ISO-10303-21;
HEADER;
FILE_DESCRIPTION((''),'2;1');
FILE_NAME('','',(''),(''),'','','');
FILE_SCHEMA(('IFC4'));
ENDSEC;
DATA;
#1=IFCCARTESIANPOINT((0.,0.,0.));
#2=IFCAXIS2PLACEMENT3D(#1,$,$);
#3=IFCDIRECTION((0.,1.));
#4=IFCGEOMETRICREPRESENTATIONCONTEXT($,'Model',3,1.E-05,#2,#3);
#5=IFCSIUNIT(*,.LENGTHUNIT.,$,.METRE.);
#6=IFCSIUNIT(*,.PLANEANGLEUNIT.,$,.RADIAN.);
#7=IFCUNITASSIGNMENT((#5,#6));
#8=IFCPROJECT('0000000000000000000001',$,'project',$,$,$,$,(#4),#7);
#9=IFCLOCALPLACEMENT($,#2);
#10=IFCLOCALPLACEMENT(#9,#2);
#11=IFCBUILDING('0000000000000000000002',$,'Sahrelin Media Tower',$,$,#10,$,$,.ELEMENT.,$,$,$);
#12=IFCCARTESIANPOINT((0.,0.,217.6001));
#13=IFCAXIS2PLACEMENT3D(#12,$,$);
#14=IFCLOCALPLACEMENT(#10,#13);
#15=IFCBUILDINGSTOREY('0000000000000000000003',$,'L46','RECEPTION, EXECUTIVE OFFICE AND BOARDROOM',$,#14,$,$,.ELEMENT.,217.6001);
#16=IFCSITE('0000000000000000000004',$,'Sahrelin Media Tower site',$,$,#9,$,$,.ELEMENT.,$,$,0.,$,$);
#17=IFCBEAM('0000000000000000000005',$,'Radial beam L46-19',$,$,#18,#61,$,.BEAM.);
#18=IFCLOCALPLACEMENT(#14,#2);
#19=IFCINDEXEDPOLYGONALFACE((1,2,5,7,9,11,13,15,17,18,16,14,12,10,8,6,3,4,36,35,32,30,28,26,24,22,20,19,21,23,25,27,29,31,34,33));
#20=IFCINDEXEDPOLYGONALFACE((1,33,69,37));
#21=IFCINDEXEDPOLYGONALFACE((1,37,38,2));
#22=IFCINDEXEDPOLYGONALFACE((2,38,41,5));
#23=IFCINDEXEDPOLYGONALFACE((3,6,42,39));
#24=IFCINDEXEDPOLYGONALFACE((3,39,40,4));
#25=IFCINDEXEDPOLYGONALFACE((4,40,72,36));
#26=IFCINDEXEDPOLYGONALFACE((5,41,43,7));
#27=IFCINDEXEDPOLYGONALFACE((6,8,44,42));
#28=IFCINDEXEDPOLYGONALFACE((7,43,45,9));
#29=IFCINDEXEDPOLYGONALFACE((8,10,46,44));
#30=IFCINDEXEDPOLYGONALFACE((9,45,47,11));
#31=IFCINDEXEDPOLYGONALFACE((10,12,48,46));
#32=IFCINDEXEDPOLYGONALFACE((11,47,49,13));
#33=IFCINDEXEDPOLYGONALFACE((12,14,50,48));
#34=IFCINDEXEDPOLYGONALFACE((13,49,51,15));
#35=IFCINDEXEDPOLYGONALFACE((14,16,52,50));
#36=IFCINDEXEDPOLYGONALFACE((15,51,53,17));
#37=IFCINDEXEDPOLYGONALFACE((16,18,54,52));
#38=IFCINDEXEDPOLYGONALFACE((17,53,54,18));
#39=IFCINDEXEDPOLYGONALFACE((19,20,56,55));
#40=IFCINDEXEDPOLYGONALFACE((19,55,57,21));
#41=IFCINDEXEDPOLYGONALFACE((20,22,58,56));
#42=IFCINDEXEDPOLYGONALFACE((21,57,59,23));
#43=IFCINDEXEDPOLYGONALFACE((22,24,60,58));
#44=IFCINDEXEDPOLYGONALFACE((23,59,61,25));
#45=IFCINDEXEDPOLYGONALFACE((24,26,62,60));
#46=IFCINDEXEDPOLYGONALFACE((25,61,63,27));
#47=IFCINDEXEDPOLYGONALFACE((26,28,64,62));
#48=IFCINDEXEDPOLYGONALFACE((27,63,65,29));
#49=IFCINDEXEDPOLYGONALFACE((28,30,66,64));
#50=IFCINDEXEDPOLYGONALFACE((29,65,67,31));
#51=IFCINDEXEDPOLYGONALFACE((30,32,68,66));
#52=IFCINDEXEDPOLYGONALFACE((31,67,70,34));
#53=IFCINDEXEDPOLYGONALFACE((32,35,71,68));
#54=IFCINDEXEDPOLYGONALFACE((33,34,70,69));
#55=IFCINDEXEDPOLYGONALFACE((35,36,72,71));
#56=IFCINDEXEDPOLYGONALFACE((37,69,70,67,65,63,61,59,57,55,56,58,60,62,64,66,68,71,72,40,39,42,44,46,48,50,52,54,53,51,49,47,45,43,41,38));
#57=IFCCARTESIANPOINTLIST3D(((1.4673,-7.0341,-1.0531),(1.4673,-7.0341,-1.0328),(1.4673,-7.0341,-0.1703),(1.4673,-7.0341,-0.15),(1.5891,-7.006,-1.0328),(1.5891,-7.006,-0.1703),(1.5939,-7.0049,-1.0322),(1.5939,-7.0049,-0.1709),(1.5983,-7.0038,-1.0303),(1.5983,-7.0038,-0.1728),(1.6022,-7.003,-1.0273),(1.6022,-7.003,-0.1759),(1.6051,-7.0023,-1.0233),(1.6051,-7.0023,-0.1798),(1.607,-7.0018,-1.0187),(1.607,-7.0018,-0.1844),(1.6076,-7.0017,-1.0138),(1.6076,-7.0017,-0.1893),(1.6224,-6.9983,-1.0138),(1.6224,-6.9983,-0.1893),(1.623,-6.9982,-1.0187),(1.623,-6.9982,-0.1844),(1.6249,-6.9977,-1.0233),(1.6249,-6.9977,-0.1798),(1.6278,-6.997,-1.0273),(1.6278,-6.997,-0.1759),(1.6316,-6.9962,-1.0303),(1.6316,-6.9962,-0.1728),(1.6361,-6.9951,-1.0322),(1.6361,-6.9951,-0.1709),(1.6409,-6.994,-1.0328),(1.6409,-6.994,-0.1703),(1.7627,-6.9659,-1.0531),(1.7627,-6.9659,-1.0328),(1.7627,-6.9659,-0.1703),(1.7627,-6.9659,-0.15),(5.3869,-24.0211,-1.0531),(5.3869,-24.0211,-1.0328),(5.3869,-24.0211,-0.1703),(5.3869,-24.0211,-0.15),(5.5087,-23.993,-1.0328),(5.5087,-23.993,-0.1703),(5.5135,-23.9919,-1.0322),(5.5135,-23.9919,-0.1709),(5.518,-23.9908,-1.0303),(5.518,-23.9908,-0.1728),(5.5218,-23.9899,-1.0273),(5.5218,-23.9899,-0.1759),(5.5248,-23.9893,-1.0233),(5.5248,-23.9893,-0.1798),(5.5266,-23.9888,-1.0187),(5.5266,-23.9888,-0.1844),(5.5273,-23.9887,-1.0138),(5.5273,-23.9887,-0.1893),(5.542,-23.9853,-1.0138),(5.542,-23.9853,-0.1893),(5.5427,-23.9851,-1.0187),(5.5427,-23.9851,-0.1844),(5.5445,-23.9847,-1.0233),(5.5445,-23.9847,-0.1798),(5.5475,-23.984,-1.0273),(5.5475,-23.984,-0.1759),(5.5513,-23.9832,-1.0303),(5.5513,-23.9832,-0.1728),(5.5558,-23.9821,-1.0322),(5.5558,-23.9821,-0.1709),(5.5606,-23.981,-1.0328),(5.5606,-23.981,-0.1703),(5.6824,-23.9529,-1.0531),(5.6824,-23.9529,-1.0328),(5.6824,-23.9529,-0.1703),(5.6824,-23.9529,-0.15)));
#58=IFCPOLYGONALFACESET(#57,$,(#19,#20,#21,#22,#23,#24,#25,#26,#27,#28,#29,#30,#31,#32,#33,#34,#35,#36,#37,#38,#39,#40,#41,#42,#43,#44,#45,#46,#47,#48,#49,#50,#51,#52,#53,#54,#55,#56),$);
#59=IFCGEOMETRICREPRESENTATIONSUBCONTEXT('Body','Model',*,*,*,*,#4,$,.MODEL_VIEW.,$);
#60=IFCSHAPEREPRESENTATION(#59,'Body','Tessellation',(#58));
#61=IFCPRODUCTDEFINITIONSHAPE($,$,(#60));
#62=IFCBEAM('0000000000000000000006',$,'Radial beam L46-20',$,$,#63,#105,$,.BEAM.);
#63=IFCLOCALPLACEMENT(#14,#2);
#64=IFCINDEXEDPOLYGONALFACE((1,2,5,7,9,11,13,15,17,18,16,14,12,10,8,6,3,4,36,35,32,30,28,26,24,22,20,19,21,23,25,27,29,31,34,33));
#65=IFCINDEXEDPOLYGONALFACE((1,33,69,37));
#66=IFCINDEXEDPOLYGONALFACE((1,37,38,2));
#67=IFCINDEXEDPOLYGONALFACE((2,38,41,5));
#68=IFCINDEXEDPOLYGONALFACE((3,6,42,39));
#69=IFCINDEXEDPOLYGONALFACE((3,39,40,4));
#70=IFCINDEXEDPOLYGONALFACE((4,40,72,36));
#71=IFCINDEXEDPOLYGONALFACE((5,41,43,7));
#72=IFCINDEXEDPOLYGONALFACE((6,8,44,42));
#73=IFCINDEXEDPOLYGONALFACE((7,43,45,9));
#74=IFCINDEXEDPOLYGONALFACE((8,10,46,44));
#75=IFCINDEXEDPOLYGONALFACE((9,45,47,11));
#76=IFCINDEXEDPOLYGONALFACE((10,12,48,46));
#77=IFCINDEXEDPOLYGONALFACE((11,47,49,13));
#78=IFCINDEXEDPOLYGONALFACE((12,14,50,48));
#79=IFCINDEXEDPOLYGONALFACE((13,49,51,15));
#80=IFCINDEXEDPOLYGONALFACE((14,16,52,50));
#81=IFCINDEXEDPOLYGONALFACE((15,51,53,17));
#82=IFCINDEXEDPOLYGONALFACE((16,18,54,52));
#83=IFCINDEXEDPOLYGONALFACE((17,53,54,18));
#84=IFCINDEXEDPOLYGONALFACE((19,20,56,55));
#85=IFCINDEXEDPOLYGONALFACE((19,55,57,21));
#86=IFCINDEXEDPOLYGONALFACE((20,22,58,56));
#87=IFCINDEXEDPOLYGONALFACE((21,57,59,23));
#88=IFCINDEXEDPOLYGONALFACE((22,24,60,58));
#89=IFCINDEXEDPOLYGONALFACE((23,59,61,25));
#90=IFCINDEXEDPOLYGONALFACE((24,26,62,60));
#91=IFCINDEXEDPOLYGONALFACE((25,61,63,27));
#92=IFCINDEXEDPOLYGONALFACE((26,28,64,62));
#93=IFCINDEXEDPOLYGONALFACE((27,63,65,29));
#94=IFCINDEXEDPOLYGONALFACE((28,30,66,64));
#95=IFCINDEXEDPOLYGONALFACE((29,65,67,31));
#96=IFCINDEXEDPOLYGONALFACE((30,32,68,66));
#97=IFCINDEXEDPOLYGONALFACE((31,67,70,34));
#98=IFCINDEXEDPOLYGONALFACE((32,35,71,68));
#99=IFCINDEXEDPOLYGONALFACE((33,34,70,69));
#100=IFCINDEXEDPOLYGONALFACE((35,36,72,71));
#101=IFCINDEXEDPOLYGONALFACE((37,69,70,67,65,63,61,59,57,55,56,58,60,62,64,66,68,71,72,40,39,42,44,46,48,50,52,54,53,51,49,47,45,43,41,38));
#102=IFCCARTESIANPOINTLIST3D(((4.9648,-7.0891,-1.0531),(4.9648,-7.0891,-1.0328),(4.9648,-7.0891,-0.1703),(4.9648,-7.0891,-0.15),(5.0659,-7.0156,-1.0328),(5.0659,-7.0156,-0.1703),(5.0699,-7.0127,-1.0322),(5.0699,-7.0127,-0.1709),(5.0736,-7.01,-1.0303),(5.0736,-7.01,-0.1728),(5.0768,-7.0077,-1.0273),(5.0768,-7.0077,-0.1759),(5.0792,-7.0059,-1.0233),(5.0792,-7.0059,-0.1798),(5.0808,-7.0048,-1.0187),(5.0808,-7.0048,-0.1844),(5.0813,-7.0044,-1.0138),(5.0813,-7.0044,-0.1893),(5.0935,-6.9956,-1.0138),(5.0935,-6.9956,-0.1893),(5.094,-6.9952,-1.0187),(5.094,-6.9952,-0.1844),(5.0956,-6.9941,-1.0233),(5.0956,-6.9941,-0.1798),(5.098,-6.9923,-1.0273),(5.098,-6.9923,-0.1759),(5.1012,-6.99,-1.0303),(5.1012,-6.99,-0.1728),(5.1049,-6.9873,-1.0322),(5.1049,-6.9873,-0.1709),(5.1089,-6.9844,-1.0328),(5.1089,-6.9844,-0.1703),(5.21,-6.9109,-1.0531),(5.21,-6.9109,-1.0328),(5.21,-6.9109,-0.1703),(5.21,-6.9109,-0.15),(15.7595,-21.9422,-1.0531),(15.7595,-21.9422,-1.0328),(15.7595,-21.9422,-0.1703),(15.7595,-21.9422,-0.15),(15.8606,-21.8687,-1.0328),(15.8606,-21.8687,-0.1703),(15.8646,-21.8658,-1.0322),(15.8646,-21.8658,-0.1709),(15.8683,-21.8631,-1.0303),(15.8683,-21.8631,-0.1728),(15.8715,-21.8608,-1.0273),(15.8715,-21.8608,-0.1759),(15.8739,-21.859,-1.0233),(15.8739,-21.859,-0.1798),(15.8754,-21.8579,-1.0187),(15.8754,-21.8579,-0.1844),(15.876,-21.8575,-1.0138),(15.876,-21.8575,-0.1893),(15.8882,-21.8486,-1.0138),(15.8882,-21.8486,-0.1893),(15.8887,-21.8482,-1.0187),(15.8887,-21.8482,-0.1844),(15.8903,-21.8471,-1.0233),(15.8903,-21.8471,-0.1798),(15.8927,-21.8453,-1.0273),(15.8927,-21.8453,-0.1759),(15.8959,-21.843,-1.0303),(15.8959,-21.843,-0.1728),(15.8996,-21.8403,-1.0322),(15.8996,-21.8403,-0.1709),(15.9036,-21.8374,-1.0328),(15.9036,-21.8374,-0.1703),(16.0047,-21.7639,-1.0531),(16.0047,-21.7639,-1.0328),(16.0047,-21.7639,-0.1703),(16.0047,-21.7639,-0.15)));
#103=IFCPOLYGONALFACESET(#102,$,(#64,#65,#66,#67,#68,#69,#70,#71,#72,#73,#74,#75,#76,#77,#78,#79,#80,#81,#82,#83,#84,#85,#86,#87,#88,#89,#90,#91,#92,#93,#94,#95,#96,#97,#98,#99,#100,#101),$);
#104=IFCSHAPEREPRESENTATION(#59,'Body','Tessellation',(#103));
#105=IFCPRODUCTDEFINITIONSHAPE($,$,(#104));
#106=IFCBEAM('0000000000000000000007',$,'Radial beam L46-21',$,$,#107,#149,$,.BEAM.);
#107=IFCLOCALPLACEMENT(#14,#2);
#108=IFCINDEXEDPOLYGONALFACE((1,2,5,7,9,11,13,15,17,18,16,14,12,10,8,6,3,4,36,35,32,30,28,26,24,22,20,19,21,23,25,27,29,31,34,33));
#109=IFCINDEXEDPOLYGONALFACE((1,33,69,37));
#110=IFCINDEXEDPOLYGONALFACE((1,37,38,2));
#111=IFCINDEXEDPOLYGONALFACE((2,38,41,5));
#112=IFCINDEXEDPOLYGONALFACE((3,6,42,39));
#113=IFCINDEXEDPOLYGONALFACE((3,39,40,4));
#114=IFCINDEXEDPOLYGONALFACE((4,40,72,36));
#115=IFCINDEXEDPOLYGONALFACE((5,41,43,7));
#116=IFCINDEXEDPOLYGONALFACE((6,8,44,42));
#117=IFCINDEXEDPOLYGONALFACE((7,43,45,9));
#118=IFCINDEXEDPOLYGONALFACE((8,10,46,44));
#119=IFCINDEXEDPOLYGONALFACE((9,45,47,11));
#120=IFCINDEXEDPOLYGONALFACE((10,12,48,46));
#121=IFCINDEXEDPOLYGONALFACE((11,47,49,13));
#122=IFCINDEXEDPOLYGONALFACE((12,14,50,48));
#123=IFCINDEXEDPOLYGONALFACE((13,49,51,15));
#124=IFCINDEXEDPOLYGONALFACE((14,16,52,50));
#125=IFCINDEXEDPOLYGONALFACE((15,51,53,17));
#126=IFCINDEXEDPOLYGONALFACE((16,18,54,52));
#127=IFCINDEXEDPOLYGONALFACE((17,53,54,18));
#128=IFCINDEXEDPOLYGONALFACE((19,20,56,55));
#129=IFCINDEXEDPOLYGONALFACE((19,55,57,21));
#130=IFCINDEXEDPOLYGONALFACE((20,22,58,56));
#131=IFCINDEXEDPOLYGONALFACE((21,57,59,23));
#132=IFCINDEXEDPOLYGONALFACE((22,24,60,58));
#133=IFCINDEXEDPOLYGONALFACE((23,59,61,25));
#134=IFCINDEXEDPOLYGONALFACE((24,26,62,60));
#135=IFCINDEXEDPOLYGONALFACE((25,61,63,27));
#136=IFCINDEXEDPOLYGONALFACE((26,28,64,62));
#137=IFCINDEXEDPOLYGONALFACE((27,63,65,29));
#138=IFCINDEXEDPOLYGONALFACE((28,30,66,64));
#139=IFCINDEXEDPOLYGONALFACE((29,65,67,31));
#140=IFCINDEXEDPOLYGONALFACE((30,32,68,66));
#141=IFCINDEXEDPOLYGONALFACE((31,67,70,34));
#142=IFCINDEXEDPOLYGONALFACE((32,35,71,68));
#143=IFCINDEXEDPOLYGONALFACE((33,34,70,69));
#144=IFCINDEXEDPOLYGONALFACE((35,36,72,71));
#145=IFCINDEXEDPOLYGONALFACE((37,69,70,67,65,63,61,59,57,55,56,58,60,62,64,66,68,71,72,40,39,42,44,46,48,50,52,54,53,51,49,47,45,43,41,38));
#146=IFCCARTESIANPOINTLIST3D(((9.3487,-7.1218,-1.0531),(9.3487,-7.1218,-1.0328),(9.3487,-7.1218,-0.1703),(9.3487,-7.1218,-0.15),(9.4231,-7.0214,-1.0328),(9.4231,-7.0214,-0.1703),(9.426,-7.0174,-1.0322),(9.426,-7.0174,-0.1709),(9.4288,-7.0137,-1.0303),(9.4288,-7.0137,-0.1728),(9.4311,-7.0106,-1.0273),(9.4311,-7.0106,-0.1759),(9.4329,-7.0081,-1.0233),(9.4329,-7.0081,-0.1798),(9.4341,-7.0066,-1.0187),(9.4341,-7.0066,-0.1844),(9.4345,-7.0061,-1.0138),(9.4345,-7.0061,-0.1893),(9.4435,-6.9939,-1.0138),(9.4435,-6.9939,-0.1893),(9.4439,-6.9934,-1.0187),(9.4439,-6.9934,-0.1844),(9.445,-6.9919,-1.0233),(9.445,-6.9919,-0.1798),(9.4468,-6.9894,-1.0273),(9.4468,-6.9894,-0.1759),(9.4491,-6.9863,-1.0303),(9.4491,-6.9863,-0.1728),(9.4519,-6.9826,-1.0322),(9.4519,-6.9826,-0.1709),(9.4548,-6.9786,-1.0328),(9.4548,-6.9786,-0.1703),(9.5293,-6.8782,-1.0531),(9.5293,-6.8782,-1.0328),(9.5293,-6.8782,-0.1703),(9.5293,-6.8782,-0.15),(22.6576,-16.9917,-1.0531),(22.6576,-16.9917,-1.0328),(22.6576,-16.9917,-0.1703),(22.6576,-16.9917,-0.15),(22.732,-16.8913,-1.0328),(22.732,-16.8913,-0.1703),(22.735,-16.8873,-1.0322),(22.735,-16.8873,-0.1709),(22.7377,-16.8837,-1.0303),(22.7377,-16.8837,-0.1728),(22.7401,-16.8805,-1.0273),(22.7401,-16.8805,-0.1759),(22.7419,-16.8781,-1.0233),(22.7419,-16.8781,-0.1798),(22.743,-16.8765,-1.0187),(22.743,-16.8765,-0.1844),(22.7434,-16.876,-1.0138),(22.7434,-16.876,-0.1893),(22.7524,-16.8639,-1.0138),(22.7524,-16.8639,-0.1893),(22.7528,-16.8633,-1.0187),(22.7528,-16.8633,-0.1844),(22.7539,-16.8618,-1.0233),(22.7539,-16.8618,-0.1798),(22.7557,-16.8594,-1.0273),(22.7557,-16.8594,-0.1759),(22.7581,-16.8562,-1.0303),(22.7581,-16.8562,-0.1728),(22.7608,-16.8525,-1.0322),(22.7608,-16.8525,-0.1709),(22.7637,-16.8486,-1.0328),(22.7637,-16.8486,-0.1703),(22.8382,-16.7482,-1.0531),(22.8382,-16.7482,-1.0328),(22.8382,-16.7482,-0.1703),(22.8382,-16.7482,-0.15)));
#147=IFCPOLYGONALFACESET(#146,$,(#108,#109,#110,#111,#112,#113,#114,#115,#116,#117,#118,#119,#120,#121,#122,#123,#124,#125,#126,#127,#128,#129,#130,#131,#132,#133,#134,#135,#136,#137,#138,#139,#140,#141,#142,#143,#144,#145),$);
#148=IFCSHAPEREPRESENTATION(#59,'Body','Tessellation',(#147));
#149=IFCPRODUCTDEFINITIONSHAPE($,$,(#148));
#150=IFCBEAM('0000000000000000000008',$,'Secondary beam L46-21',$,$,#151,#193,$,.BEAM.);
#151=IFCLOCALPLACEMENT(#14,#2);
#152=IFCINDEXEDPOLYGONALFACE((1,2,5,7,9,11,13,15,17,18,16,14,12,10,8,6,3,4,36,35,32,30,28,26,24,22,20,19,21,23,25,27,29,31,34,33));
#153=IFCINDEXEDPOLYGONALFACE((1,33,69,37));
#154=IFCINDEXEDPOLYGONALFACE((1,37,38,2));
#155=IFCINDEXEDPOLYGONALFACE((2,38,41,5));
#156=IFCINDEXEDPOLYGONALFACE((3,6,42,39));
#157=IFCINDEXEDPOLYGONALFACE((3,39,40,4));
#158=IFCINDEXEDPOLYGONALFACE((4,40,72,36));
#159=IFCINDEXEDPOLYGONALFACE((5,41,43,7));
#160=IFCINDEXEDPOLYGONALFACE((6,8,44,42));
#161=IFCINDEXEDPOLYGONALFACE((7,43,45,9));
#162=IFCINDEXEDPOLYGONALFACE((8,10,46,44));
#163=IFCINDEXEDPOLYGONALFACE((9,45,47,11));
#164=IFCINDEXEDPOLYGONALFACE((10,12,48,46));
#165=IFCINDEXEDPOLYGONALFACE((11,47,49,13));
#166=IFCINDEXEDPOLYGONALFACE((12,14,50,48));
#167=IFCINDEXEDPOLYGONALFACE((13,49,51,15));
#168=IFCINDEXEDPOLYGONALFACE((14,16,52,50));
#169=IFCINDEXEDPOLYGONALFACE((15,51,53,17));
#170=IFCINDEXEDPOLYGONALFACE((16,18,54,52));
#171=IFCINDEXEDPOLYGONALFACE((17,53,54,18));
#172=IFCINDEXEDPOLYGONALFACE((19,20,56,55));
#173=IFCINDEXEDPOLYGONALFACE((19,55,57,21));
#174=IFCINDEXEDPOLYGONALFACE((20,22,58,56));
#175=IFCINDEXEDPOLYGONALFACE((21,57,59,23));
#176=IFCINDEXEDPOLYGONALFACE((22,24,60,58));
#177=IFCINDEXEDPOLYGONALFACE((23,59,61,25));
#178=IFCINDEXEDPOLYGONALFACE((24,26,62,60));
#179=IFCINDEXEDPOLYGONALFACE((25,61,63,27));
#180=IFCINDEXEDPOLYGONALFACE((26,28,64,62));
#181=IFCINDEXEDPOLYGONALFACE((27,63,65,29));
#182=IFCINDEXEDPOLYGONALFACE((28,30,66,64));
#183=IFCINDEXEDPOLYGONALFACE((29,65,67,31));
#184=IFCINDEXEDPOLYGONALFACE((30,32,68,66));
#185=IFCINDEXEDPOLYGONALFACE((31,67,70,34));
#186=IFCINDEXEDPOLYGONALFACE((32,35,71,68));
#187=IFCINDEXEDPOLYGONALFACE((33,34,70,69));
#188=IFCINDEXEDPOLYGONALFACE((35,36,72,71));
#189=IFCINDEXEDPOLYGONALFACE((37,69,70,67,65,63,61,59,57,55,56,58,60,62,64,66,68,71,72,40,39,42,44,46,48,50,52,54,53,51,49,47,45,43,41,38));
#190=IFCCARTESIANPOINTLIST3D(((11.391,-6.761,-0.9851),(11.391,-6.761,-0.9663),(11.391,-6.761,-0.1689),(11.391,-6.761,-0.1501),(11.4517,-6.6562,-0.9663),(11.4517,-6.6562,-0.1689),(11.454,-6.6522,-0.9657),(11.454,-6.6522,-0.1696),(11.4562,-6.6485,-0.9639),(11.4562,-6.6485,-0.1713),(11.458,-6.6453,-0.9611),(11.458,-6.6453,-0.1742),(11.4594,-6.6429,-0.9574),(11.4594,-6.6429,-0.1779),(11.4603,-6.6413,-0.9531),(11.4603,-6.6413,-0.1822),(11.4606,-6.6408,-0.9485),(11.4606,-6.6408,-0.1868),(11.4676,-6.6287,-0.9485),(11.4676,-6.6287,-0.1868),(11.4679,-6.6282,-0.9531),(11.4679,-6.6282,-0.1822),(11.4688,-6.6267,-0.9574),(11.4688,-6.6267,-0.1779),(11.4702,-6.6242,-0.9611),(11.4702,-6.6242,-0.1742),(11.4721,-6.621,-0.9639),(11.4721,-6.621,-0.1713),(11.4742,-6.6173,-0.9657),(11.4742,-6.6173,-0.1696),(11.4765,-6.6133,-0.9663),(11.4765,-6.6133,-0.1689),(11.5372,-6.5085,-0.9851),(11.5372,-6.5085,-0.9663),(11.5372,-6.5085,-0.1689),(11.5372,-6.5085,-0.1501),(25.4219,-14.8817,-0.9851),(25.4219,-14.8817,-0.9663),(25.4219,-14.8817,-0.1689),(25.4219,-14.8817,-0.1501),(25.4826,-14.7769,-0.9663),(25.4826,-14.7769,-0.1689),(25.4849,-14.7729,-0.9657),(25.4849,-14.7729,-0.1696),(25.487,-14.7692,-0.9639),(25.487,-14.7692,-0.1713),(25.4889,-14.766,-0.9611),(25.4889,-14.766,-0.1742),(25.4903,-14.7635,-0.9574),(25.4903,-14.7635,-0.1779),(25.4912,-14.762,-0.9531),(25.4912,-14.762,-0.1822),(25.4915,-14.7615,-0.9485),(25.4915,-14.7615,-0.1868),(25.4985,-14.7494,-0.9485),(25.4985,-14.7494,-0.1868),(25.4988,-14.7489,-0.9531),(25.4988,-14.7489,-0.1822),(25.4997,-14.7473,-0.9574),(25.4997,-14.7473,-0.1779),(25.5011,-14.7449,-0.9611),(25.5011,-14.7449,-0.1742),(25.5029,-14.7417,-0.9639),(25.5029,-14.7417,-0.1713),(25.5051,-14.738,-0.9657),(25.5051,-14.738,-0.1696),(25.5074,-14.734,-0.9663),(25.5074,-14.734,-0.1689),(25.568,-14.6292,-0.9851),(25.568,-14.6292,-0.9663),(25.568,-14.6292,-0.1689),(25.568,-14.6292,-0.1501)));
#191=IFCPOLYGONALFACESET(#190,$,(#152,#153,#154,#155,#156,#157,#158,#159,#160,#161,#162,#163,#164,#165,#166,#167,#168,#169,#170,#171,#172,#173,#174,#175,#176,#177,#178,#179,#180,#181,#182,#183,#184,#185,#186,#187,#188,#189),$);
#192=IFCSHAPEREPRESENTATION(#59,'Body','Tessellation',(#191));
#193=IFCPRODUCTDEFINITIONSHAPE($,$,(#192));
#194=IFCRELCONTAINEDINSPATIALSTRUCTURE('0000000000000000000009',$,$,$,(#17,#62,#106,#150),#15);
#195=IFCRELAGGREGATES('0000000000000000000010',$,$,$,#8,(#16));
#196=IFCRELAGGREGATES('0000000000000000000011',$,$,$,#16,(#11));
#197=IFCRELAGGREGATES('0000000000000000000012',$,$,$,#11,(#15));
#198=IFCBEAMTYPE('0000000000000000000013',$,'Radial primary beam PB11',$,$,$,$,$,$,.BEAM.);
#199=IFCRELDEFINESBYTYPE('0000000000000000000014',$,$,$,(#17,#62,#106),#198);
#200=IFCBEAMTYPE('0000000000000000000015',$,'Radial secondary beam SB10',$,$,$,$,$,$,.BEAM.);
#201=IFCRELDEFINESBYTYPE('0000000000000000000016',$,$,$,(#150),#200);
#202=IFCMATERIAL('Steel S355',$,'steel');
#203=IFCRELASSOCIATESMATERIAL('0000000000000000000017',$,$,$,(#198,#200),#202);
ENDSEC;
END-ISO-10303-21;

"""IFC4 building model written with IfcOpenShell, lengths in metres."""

from ifc_helpers import new_model, si_unit, direction, frame, origin, origin_2d, place, context, subcontext, project, spatial, i_section, extrude, material, material_profile, profile_set, type_object, element, save


model = new_model("IFC4")

# Units and contexts
model_context = context("Model", 3, precision=1e-05, world=origin(), true_north=direction((0.0, 1.0)))
body_context = subcontext(model_context, "Body", "Model", "MODEL_VIEW")
ifc_project = project(units=[si_unit("LENGTHUNIT", "METRE"), si_unit("PLANEANGLEUNIT", "RADIAN")], contexts=[model_context])

# Site, building, storey
site_placement = place(None, origin())
site = spatial("IfcSite", under=ifc_project, at=site_placement, Name="Sahrelin Media Tower site", CompositionType="ELEMENT", RefElevation=0.0)
building_placement = place(site_placement, origin())
building = spatial("IfcBuilding", under=site, at=building_placement, Name="Sahrelin Media Tower", CompositionType="ELEMENT")
storey_placement = place(building_placement, frame((0.0, 0.0, 217.6001)))
storey = spatial("IfcBuildingStorey", under=building, at=storey_placement, Name="L46", Description="RECEPTION, EXECUTIVE OFFICE AND BOARDROOM", CompositionType="ELEMENT", Elevation=217.6001)

# Shared definitions
ifc_material_1 = material(Name="Steel S355", Category="steel")

# Beams
ifc_material_profile_1 = material_profile(ifc_material_1, i_section(OverallWidth=0.3032, OverallDepth=0.9031, WebThickness=0.0151, FlangeThickness=0.0203, FilletRadius=0.019, at=origin_2d()), Name="UB 914x305x201")
ifc_profile_set_1 = profile_set([ifc_material_profile_1], Name="Steel S355")
beam_type_1 = type_object("IfcBeamType", Name="Radial primary beam PB11", PredefinedType="BEAM", material=ifc_profile_set_1)
beam_1_placement = place(storey_placement, frame((1.615, -7.0, -0.6016), z_axis=(0.224837, -0.974396, 0.0), x_axis=(0.974396, 0.224837, 0.0)))
element("IfcBeam", 1, at=beam_1_placement, inside=storey, type_object=beam_type_1, Name="Radial beam L46-19", PredefinedType="BEAM", context=body_context, shape_type="SweptSolid", body=[
    extrude(i_section(OverallWidth=0.3032, OverallDepth=0.9031, WebThickness=0.0151, FlangeThickness=0.0203, FilletRadius=0.019, at=origin_2d()), origin(), (0.0, 0.0, 1.0), 17.4333),
])
beam_2_placement = place(storey_placement, frame((5.0874, -7.0, -0.6016), z_axis=(0.587904, -0.808931, 0.0), x_axis=(0.808931, 0.587904, 0.0)))
element("IfcBeam", 2, at=beam_2_placement, inside=storey, type_object=beam_type_1, Name="Radial beam L46-20", PredefinedType="BEAM", context=body_context, shape_type="SweptSolid", body=[
    extrude(i_section(OverallWidth=0.3032, OverallDepth=0.9031, WebThickness=0.0151, FlangeThickness=0.0203, FilletRadius=0.019, at=origin_2d()), origin(), (0.0, 0.0, 1.0), 18.3613),
])
beam_3_placement = place(storey_placement, frame((9.439, -7.0, -0.6016), z_axis=(0.803226, -0.595675, 0.0), x_axis=(0.595675, 0.803226, 0.0)))
element("IfcBeam", 3, at=beam_3_placement, inside=storey, type_object=beam_type_1, Name="Radial beam L46-21", PredefinedType="BEAM", context=body_context, shape_type="SweptSolid", body=[
    extrude(i_section(OverallWidth=0.3032, OverallDepth=0.9031, WebThickness=0.0151, FlangeThickness=0.0203, FilletRadius=0.019, at=origin_2d()), origin(), (0.0, 0.0, 1.0), 16.5693),
])
ifc_material_profile_2 = material_profile(ifc_material_1, i_section(OverallWidth=0.2917, OverallDepth=0.835, WebThickness=0.0139, FlangeThickness=0.0188, FilletRadius=0.0178, at=origin_2d()), Name="UB 838x292x176")
ifc_profile_set_2 = profile_set([ifc_material_profile_2], Name="Steel S355")
beam_type_2 = type_object("IfcBeamType", Name="Radial secondary beam SB10", PredefinedType="BEAM", material=ifc_profile_set_2)
beam_4_placement = place(storey_placement, frame((11.4641, -6.6348, -0.5676), z_axis=(0.865492, -0.500922, 0.0), x_axis=(0.500922, 0.865492, 0.0)))
element("IfcBeam", 4, at=beam_4_placement, inside=storey, type_object=beam_type_2, Name="Secondary beam L46-21", PredefinedType="BEAM", context=body_context, shape_type="SweptSolid", body=[
    extrude(i_section(OverallWidth=0.2917, OverallDepth=0.835, WebThickness=0.0139, FlangeThickness=0.0188, FilletRadius=0.0178, at=origin_2d()), origin(), (0.0, 0.0, 1.0), 16.2114),
])

save(model, "model.ifc")
